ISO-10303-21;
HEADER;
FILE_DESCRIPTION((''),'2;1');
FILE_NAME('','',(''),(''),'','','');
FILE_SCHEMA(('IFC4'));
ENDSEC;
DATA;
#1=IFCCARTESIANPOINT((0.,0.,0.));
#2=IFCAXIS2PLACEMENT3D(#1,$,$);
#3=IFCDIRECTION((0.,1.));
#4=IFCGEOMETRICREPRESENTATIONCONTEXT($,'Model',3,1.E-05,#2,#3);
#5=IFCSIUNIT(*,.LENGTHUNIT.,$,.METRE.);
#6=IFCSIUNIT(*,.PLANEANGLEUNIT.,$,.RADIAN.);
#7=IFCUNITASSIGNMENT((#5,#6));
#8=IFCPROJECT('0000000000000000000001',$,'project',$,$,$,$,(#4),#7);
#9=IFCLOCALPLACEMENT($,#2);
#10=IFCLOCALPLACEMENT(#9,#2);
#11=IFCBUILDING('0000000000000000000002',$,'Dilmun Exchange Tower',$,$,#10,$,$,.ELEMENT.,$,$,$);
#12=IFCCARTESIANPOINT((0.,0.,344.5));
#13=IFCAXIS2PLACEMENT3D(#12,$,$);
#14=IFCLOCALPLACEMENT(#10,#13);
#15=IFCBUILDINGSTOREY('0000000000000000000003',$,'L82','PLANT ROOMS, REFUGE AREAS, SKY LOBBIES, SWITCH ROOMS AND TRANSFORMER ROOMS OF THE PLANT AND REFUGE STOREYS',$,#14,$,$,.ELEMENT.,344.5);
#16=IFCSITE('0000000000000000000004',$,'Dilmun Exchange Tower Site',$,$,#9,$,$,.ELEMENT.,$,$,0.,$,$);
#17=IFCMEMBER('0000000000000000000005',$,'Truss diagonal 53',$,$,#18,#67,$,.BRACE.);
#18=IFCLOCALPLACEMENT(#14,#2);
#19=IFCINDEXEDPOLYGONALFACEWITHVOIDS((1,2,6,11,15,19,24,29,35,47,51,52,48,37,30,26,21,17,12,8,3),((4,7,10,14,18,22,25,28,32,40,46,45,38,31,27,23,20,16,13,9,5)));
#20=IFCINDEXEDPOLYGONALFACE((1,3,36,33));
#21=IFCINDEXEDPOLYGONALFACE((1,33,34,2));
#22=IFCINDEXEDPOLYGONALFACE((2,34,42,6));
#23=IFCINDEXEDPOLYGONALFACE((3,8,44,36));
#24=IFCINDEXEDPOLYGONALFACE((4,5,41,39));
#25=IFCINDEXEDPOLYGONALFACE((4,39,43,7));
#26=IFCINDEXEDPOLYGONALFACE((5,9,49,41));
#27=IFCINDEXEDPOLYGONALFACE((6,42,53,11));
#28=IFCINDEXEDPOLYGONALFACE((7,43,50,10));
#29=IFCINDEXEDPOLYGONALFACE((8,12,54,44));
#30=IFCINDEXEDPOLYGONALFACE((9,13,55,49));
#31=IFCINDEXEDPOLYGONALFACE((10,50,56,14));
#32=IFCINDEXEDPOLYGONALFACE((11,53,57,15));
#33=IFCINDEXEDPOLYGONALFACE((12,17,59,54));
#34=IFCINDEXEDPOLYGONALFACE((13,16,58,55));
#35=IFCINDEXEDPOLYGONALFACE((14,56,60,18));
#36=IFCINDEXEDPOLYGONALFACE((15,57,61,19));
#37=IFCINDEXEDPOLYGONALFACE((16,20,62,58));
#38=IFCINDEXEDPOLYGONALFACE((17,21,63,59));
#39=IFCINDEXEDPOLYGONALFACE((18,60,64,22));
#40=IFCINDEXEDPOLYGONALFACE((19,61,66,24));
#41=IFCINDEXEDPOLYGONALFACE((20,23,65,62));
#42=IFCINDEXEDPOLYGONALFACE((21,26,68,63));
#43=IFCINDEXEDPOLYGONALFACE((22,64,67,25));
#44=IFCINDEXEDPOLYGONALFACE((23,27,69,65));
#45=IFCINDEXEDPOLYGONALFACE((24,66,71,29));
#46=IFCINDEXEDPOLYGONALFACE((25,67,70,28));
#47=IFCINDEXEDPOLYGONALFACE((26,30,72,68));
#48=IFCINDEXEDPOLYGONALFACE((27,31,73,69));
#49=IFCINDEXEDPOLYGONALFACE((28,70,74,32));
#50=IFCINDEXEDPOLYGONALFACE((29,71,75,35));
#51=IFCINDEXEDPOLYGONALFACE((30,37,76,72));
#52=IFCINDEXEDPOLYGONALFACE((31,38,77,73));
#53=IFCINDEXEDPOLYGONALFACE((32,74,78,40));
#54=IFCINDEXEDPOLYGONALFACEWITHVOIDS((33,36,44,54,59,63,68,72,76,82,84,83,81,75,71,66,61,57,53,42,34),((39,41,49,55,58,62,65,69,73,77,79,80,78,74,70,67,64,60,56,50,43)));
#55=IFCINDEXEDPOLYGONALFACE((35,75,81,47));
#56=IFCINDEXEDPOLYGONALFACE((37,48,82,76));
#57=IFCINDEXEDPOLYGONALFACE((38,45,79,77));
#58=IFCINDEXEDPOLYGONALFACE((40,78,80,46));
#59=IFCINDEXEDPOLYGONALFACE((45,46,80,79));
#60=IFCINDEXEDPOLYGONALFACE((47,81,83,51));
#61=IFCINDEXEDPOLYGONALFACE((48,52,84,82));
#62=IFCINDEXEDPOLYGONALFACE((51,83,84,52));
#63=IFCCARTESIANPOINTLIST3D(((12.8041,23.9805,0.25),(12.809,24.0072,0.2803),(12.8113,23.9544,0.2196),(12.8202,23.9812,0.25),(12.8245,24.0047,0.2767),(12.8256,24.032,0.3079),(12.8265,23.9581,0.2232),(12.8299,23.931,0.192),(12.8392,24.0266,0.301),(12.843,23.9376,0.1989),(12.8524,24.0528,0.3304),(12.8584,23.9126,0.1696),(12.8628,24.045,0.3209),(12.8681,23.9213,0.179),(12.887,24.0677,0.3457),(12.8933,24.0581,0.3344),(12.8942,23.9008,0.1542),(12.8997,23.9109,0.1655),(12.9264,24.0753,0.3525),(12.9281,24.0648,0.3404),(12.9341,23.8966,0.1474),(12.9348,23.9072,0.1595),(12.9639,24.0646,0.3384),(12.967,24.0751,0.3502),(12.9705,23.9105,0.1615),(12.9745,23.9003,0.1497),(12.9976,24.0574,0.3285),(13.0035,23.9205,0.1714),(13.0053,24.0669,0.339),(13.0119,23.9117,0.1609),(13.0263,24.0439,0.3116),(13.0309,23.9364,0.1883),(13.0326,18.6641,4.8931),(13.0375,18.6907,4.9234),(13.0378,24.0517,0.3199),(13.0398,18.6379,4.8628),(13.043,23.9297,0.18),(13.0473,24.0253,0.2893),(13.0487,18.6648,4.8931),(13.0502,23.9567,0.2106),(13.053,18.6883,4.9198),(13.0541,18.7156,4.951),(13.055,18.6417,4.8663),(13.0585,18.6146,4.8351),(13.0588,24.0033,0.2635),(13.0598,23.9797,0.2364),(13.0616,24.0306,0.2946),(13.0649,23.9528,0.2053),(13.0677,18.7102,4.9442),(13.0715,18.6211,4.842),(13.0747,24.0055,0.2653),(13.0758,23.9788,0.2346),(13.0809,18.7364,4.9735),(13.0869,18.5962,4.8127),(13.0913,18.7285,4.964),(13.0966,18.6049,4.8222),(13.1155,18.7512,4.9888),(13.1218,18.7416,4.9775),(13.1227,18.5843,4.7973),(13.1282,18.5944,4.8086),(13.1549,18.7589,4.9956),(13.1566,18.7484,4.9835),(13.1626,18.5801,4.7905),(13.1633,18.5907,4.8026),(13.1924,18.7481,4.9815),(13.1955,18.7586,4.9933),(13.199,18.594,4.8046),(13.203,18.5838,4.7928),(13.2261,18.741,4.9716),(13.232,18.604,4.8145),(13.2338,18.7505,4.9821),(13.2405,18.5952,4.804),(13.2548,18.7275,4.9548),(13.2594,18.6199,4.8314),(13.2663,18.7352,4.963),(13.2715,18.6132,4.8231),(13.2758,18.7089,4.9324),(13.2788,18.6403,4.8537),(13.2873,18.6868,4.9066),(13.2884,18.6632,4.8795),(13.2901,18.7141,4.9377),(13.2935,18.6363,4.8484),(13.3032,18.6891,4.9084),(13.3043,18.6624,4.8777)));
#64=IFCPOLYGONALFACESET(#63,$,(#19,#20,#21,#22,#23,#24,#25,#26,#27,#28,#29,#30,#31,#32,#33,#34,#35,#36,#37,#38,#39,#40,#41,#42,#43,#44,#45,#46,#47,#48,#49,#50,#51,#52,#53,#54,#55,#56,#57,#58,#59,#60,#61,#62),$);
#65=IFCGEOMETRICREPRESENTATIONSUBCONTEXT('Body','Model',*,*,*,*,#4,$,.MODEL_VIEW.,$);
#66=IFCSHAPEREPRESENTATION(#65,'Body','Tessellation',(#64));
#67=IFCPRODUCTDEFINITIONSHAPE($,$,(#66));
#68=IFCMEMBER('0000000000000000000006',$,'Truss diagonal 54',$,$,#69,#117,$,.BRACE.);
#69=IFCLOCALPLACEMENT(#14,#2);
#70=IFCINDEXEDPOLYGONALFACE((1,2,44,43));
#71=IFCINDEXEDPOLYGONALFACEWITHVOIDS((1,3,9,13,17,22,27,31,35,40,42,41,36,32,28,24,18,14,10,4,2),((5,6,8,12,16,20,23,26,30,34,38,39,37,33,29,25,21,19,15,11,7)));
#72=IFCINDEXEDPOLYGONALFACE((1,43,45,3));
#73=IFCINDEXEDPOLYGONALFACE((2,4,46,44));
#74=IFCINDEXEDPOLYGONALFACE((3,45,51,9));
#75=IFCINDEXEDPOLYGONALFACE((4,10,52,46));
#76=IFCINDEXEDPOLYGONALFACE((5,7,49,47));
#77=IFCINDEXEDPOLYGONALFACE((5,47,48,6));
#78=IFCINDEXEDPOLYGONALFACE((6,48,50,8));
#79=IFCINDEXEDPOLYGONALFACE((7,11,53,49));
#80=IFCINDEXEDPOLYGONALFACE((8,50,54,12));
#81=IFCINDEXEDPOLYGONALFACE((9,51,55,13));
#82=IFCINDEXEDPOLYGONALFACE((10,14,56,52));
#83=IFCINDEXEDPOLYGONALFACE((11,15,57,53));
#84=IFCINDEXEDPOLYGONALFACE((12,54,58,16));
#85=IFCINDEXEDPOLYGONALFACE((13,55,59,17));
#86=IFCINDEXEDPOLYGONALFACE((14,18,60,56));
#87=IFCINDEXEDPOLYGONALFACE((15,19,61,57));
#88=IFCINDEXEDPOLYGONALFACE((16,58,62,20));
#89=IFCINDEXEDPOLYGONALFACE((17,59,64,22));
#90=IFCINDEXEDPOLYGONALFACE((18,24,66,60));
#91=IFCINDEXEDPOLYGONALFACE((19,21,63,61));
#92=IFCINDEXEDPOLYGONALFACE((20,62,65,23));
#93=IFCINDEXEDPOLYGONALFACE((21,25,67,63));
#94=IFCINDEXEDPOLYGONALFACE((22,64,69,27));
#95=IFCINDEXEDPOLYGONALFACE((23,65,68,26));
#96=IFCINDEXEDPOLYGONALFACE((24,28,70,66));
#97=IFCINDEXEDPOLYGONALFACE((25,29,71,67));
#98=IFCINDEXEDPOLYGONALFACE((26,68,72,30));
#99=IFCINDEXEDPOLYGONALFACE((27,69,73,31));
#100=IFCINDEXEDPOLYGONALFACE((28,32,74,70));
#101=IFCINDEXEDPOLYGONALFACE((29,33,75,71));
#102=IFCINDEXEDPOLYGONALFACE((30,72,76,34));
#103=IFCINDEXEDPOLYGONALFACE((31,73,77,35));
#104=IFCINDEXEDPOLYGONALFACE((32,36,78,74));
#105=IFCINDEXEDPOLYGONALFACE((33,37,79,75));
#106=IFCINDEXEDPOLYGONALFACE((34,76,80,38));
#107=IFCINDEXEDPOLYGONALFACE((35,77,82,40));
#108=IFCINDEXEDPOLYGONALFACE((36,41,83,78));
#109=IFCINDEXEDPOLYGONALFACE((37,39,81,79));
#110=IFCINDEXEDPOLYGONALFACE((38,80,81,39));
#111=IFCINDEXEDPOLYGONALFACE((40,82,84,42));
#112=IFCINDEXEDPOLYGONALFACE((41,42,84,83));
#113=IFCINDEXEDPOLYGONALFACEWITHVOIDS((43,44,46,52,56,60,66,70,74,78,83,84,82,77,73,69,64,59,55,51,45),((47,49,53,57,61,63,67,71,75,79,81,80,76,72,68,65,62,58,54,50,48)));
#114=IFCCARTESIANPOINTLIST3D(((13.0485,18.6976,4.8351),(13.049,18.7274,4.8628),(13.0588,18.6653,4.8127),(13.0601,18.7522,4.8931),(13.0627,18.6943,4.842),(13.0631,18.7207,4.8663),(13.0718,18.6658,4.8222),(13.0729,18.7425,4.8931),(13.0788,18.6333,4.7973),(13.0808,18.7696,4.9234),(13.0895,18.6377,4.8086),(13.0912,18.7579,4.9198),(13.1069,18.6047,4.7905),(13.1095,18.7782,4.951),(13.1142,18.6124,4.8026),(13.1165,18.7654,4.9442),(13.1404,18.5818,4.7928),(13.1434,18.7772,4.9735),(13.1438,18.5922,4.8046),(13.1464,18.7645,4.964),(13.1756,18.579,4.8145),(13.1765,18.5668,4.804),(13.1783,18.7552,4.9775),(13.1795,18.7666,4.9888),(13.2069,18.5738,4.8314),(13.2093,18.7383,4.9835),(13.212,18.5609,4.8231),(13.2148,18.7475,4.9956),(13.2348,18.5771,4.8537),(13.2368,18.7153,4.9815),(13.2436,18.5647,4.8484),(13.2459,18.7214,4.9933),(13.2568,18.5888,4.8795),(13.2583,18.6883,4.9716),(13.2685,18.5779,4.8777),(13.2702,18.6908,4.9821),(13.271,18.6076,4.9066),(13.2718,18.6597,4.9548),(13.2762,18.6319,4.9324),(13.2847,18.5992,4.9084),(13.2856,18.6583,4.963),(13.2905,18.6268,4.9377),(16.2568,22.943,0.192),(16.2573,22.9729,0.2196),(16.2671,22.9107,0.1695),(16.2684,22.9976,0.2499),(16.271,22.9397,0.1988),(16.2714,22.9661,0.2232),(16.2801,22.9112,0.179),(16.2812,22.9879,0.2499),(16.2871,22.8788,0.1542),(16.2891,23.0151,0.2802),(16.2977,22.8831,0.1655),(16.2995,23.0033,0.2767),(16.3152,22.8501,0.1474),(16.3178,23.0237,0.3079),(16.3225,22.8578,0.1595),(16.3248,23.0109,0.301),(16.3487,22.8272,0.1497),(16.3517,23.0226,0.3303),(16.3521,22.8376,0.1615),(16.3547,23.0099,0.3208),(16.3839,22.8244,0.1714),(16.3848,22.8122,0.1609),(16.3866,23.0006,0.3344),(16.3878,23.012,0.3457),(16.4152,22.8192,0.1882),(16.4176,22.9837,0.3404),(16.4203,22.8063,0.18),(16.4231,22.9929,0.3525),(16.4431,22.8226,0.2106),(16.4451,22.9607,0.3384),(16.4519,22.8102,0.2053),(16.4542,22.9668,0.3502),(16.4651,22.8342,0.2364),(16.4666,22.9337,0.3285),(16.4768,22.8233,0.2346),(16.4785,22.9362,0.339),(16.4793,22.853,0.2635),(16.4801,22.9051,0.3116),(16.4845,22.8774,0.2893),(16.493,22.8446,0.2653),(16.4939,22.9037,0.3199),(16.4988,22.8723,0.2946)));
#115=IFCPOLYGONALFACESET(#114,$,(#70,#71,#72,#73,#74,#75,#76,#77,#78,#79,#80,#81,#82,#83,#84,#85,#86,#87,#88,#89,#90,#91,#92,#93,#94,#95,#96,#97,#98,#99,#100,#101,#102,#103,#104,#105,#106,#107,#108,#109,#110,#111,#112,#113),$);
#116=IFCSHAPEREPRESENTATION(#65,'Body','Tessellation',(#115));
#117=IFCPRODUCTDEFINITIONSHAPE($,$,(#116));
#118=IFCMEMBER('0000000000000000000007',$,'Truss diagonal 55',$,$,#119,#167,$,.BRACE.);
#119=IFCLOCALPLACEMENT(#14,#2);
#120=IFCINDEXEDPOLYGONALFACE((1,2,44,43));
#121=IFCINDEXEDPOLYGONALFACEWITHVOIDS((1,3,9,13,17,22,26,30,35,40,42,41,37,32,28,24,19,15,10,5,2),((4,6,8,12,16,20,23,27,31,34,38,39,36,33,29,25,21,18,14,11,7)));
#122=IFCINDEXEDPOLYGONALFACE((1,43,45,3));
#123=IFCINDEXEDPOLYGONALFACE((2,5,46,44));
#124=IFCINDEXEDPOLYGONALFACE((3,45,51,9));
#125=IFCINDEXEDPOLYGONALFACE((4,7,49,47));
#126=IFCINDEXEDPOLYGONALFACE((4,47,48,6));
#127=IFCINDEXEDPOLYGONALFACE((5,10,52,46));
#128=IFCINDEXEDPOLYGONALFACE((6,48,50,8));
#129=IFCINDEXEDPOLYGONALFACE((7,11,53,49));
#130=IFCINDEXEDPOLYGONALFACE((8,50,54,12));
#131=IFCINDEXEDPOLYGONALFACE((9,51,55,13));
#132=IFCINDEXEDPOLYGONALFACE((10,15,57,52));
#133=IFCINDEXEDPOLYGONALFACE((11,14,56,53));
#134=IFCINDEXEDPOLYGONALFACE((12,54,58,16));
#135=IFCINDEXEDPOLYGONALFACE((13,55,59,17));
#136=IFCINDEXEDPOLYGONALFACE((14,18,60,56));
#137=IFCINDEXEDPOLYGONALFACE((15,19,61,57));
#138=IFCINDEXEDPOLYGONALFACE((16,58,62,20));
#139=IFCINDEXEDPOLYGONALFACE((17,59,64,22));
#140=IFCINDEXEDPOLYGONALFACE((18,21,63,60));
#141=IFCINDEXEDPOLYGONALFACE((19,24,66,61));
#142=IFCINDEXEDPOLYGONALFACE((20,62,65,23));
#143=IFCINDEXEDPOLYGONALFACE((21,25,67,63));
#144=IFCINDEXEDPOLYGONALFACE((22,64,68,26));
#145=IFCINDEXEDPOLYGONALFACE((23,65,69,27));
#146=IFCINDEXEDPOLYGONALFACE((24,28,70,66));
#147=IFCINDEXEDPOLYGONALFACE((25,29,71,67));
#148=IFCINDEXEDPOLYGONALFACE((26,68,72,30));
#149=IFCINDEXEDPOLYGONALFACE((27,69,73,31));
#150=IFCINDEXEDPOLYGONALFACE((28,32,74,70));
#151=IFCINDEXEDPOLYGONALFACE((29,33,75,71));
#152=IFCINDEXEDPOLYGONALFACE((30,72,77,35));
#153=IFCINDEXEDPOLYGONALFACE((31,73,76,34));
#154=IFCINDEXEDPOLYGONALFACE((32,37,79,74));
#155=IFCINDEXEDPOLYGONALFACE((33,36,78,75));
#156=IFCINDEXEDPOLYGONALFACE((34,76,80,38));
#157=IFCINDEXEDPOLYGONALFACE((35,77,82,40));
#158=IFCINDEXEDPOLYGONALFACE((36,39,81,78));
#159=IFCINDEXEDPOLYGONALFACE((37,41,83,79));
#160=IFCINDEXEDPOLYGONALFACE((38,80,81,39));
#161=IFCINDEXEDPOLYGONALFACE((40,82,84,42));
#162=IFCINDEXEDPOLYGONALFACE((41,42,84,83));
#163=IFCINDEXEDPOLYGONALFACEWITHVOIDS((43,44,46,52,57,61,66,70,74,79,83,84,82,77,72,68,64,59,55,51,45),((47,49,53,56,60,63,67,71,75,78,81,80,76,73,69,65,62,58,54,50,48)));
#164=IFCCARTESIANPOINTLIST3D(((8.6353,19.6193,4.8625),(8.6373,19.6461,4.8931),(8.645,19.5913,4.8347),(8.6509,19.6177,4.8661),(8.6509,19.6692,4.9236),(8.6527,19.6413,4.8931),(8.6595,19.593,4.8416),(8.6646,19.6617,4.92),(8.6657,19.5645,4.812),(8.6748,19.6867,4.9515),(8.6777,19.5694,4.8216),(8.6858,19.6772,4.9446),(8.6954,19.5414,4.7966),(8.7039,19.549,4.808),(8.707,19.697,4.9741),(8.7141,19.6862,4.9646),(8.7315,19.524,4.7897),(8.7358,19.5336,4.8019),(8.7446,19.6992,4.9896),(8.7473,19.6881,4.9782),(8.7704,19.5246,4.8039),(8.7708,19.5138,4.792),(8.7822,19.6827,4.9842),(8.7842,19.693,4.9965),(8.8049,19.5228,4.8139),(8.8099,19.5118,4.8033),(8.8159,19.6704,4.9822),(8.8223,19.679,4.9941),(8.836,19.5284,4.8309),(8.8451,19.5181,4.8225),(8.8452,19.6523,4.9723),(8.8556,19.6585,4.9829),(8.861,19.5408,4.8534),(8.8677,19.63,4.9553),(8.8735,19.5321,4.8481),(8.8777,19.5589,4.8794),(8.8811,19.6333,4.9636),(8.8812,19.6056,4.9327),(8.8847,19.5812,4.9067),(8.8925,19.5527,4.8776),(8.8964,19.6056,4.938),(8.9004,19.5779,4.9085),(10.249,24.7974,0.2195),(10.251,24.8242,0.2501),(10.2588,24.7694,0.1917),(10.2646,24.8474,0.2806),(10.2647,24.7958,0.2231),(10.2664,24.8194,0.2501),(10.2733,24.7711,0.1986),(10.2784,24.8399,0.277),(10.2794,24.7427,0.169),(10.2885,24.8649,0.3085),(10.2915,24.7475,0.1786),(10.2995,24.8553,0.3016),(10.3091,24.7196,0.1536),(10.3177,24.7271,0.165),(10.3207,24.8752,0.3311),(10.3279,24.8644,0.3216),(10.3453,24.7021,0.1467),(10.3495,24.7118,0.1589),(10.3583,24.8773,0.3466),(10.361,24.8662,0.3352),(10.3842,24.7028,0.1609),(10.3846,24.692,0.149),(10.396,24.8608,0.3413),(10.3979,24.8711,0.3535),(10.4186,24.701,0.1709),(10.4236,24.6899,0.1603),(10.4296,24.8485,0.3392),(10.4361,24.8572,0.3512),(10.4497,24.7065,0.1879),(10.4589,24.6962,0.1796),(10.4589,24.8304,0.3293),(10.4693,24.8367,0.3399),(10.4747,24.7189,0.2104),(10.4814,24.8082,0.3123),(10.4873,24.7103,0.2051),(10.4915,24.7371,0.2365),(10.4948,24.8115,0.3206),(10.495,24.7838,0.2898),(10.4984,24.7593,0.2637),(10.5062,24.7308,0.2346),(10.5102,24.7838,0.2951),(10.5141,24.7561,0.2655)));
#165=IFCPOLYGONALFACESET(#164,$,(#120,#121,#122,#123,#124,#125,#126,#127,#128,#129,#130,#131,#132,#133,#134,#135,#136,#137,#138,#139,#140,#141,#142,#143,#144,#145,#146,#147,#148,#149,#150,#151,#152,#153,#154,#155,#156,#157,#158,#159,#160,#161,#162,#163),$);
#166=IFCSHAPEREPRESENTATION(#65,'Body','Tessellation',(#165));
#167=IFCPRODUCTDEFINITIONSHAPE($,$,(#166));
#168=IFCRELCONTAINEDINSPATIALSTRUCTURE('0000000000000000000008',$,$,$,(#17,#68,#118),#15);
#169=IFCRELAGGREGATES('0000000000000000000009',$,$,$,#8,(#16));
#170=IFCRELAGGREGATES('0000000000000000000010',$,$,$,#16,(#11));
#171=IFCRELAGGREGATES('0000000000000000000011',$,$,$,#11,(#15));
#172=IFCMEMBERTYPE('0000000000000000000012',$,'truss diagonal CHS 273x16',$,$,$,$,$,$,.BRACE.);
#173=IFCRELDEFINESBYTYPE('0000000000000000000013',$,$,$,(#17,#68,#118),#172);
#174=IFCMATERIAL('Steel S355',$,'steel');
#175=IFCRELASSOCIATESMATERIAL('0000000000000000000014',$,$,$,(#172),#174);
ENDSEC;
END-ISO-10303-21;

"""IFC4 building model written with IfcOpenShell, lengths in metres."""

from ifc_helpers import new_model, si_unit, direction, frame, origin, origin_2d, place, context, subcontext, project, spatial, hollow_circle, extrude, material, material_profile, profile_set, type_object, element, save


model = new_model("IFC4")

# Units and contexts
model_context = context("Model", 3, precision=1e-05, world=origin(), true_north=direction((0.0, 1.0)))
body_context = subcontext(model_context, "Body", "Model", "MODEL_VIEW")
ifc_project = project(units=[si_unit("LENGTHUNIT", "METRE"), si_unit("PLANEANGLEUNIT", "RADIAN")], contexts=[model_context])

# Site, building, storey
site_placement = place(None, origin())
site = spatial("IfcSite", under=ifc_project, at=site_placement, Name="Dilmun Exchange Tower Site", CompositionType="ELEMENT", RefElevation=0.0)
building_placement = place(site_placement, origin())
building = spatial("IfcBuilding", under=site, at=building_placement, Name="Dilmun Exchange Tower", CompositionType="ELEMENT")
storey_placement = place(building_placement, frame((0.0, 0.0, 344.5)))
storey = spatial("IfcBuildingStorey", under=building, at=storey_placement, Name="L82", Description="PLANT ROOMS, REFUGE AREAS, SKY LOBBIES, SWITCH ROOMS AND TRANSFORMER ROOMS OF THE PLANT AND REFUGE STOREYS", CompositionType="ELEMENT", Elevation=344.5)

# Shared definitions
ifc_material_1 = material(Name="Steel S355", Category="steel")

# Members
ifc_material_profile_1 = material_profile(ifc_material_1, hollow_circle(Radius=0.1365, WallThickness=0.0161, at=origin_2d()), Name="CHS 273x16")
ifc_profile_set_1 = profile_set([ifc_material_profile_1], Name="Steel S355")
member_type_1 = type_object("IfcMemberType", Name="truss diagonal CHS 273x16", PredefinedType="BRACE", material=ifc_profile_set_1)
for number, where, z_axis, x_axis, name in (
    (1, (13.1689, 18.6699, 4.8931), (-0.032358, 0.752799, -0.657455), (-0.999078, -0.042943, 0.0), "Truss diagonal 53"),
    (2, (13.1689, 18.6699, 4.8931), (0.454288, 0.601142, -0.657457), (-0.797809, 0.60291, 0.0), "Truss diagonal 54"),
):
    element("IfcMember", number, at=place(storey_placement, frame(where, z_axis=z_axis, x_axis=x_axis)), inside=storey, type_object=member_type_1, Name=name, PredefinedType="BRACE", context=body_context, shape_type="SweptSolid", body=[
        extrude(hollow_circle(Radius=0.1365, WallThickness=0.0161, at=origin_2d()), origin(), (0.0, 0.0, 1.0), 7.0623),
    ])
member_1_placement = place(storey_placement, frame((8.7676, 19.6055, 4.8931), z_axis=(0.226025, 0.725265, -0.65031), x_axis=(-0.954712, 0.297532, 0.0)))
element("IfcMember", 3, at=member_1_placement, inside=storey, type_object=member_type_1, Name="Truss diagonal 55", PredefinedType="BRACE", context=body_context, shape_type="SweptSolid", body=[
    extrude(hollow_circle(Radius=0.1365, WallThickness=0.0161, at=origin_2d()), origin(), (0.0, 0.0, 1.0), 7.1396),
])

save(model, "model.ifc")
